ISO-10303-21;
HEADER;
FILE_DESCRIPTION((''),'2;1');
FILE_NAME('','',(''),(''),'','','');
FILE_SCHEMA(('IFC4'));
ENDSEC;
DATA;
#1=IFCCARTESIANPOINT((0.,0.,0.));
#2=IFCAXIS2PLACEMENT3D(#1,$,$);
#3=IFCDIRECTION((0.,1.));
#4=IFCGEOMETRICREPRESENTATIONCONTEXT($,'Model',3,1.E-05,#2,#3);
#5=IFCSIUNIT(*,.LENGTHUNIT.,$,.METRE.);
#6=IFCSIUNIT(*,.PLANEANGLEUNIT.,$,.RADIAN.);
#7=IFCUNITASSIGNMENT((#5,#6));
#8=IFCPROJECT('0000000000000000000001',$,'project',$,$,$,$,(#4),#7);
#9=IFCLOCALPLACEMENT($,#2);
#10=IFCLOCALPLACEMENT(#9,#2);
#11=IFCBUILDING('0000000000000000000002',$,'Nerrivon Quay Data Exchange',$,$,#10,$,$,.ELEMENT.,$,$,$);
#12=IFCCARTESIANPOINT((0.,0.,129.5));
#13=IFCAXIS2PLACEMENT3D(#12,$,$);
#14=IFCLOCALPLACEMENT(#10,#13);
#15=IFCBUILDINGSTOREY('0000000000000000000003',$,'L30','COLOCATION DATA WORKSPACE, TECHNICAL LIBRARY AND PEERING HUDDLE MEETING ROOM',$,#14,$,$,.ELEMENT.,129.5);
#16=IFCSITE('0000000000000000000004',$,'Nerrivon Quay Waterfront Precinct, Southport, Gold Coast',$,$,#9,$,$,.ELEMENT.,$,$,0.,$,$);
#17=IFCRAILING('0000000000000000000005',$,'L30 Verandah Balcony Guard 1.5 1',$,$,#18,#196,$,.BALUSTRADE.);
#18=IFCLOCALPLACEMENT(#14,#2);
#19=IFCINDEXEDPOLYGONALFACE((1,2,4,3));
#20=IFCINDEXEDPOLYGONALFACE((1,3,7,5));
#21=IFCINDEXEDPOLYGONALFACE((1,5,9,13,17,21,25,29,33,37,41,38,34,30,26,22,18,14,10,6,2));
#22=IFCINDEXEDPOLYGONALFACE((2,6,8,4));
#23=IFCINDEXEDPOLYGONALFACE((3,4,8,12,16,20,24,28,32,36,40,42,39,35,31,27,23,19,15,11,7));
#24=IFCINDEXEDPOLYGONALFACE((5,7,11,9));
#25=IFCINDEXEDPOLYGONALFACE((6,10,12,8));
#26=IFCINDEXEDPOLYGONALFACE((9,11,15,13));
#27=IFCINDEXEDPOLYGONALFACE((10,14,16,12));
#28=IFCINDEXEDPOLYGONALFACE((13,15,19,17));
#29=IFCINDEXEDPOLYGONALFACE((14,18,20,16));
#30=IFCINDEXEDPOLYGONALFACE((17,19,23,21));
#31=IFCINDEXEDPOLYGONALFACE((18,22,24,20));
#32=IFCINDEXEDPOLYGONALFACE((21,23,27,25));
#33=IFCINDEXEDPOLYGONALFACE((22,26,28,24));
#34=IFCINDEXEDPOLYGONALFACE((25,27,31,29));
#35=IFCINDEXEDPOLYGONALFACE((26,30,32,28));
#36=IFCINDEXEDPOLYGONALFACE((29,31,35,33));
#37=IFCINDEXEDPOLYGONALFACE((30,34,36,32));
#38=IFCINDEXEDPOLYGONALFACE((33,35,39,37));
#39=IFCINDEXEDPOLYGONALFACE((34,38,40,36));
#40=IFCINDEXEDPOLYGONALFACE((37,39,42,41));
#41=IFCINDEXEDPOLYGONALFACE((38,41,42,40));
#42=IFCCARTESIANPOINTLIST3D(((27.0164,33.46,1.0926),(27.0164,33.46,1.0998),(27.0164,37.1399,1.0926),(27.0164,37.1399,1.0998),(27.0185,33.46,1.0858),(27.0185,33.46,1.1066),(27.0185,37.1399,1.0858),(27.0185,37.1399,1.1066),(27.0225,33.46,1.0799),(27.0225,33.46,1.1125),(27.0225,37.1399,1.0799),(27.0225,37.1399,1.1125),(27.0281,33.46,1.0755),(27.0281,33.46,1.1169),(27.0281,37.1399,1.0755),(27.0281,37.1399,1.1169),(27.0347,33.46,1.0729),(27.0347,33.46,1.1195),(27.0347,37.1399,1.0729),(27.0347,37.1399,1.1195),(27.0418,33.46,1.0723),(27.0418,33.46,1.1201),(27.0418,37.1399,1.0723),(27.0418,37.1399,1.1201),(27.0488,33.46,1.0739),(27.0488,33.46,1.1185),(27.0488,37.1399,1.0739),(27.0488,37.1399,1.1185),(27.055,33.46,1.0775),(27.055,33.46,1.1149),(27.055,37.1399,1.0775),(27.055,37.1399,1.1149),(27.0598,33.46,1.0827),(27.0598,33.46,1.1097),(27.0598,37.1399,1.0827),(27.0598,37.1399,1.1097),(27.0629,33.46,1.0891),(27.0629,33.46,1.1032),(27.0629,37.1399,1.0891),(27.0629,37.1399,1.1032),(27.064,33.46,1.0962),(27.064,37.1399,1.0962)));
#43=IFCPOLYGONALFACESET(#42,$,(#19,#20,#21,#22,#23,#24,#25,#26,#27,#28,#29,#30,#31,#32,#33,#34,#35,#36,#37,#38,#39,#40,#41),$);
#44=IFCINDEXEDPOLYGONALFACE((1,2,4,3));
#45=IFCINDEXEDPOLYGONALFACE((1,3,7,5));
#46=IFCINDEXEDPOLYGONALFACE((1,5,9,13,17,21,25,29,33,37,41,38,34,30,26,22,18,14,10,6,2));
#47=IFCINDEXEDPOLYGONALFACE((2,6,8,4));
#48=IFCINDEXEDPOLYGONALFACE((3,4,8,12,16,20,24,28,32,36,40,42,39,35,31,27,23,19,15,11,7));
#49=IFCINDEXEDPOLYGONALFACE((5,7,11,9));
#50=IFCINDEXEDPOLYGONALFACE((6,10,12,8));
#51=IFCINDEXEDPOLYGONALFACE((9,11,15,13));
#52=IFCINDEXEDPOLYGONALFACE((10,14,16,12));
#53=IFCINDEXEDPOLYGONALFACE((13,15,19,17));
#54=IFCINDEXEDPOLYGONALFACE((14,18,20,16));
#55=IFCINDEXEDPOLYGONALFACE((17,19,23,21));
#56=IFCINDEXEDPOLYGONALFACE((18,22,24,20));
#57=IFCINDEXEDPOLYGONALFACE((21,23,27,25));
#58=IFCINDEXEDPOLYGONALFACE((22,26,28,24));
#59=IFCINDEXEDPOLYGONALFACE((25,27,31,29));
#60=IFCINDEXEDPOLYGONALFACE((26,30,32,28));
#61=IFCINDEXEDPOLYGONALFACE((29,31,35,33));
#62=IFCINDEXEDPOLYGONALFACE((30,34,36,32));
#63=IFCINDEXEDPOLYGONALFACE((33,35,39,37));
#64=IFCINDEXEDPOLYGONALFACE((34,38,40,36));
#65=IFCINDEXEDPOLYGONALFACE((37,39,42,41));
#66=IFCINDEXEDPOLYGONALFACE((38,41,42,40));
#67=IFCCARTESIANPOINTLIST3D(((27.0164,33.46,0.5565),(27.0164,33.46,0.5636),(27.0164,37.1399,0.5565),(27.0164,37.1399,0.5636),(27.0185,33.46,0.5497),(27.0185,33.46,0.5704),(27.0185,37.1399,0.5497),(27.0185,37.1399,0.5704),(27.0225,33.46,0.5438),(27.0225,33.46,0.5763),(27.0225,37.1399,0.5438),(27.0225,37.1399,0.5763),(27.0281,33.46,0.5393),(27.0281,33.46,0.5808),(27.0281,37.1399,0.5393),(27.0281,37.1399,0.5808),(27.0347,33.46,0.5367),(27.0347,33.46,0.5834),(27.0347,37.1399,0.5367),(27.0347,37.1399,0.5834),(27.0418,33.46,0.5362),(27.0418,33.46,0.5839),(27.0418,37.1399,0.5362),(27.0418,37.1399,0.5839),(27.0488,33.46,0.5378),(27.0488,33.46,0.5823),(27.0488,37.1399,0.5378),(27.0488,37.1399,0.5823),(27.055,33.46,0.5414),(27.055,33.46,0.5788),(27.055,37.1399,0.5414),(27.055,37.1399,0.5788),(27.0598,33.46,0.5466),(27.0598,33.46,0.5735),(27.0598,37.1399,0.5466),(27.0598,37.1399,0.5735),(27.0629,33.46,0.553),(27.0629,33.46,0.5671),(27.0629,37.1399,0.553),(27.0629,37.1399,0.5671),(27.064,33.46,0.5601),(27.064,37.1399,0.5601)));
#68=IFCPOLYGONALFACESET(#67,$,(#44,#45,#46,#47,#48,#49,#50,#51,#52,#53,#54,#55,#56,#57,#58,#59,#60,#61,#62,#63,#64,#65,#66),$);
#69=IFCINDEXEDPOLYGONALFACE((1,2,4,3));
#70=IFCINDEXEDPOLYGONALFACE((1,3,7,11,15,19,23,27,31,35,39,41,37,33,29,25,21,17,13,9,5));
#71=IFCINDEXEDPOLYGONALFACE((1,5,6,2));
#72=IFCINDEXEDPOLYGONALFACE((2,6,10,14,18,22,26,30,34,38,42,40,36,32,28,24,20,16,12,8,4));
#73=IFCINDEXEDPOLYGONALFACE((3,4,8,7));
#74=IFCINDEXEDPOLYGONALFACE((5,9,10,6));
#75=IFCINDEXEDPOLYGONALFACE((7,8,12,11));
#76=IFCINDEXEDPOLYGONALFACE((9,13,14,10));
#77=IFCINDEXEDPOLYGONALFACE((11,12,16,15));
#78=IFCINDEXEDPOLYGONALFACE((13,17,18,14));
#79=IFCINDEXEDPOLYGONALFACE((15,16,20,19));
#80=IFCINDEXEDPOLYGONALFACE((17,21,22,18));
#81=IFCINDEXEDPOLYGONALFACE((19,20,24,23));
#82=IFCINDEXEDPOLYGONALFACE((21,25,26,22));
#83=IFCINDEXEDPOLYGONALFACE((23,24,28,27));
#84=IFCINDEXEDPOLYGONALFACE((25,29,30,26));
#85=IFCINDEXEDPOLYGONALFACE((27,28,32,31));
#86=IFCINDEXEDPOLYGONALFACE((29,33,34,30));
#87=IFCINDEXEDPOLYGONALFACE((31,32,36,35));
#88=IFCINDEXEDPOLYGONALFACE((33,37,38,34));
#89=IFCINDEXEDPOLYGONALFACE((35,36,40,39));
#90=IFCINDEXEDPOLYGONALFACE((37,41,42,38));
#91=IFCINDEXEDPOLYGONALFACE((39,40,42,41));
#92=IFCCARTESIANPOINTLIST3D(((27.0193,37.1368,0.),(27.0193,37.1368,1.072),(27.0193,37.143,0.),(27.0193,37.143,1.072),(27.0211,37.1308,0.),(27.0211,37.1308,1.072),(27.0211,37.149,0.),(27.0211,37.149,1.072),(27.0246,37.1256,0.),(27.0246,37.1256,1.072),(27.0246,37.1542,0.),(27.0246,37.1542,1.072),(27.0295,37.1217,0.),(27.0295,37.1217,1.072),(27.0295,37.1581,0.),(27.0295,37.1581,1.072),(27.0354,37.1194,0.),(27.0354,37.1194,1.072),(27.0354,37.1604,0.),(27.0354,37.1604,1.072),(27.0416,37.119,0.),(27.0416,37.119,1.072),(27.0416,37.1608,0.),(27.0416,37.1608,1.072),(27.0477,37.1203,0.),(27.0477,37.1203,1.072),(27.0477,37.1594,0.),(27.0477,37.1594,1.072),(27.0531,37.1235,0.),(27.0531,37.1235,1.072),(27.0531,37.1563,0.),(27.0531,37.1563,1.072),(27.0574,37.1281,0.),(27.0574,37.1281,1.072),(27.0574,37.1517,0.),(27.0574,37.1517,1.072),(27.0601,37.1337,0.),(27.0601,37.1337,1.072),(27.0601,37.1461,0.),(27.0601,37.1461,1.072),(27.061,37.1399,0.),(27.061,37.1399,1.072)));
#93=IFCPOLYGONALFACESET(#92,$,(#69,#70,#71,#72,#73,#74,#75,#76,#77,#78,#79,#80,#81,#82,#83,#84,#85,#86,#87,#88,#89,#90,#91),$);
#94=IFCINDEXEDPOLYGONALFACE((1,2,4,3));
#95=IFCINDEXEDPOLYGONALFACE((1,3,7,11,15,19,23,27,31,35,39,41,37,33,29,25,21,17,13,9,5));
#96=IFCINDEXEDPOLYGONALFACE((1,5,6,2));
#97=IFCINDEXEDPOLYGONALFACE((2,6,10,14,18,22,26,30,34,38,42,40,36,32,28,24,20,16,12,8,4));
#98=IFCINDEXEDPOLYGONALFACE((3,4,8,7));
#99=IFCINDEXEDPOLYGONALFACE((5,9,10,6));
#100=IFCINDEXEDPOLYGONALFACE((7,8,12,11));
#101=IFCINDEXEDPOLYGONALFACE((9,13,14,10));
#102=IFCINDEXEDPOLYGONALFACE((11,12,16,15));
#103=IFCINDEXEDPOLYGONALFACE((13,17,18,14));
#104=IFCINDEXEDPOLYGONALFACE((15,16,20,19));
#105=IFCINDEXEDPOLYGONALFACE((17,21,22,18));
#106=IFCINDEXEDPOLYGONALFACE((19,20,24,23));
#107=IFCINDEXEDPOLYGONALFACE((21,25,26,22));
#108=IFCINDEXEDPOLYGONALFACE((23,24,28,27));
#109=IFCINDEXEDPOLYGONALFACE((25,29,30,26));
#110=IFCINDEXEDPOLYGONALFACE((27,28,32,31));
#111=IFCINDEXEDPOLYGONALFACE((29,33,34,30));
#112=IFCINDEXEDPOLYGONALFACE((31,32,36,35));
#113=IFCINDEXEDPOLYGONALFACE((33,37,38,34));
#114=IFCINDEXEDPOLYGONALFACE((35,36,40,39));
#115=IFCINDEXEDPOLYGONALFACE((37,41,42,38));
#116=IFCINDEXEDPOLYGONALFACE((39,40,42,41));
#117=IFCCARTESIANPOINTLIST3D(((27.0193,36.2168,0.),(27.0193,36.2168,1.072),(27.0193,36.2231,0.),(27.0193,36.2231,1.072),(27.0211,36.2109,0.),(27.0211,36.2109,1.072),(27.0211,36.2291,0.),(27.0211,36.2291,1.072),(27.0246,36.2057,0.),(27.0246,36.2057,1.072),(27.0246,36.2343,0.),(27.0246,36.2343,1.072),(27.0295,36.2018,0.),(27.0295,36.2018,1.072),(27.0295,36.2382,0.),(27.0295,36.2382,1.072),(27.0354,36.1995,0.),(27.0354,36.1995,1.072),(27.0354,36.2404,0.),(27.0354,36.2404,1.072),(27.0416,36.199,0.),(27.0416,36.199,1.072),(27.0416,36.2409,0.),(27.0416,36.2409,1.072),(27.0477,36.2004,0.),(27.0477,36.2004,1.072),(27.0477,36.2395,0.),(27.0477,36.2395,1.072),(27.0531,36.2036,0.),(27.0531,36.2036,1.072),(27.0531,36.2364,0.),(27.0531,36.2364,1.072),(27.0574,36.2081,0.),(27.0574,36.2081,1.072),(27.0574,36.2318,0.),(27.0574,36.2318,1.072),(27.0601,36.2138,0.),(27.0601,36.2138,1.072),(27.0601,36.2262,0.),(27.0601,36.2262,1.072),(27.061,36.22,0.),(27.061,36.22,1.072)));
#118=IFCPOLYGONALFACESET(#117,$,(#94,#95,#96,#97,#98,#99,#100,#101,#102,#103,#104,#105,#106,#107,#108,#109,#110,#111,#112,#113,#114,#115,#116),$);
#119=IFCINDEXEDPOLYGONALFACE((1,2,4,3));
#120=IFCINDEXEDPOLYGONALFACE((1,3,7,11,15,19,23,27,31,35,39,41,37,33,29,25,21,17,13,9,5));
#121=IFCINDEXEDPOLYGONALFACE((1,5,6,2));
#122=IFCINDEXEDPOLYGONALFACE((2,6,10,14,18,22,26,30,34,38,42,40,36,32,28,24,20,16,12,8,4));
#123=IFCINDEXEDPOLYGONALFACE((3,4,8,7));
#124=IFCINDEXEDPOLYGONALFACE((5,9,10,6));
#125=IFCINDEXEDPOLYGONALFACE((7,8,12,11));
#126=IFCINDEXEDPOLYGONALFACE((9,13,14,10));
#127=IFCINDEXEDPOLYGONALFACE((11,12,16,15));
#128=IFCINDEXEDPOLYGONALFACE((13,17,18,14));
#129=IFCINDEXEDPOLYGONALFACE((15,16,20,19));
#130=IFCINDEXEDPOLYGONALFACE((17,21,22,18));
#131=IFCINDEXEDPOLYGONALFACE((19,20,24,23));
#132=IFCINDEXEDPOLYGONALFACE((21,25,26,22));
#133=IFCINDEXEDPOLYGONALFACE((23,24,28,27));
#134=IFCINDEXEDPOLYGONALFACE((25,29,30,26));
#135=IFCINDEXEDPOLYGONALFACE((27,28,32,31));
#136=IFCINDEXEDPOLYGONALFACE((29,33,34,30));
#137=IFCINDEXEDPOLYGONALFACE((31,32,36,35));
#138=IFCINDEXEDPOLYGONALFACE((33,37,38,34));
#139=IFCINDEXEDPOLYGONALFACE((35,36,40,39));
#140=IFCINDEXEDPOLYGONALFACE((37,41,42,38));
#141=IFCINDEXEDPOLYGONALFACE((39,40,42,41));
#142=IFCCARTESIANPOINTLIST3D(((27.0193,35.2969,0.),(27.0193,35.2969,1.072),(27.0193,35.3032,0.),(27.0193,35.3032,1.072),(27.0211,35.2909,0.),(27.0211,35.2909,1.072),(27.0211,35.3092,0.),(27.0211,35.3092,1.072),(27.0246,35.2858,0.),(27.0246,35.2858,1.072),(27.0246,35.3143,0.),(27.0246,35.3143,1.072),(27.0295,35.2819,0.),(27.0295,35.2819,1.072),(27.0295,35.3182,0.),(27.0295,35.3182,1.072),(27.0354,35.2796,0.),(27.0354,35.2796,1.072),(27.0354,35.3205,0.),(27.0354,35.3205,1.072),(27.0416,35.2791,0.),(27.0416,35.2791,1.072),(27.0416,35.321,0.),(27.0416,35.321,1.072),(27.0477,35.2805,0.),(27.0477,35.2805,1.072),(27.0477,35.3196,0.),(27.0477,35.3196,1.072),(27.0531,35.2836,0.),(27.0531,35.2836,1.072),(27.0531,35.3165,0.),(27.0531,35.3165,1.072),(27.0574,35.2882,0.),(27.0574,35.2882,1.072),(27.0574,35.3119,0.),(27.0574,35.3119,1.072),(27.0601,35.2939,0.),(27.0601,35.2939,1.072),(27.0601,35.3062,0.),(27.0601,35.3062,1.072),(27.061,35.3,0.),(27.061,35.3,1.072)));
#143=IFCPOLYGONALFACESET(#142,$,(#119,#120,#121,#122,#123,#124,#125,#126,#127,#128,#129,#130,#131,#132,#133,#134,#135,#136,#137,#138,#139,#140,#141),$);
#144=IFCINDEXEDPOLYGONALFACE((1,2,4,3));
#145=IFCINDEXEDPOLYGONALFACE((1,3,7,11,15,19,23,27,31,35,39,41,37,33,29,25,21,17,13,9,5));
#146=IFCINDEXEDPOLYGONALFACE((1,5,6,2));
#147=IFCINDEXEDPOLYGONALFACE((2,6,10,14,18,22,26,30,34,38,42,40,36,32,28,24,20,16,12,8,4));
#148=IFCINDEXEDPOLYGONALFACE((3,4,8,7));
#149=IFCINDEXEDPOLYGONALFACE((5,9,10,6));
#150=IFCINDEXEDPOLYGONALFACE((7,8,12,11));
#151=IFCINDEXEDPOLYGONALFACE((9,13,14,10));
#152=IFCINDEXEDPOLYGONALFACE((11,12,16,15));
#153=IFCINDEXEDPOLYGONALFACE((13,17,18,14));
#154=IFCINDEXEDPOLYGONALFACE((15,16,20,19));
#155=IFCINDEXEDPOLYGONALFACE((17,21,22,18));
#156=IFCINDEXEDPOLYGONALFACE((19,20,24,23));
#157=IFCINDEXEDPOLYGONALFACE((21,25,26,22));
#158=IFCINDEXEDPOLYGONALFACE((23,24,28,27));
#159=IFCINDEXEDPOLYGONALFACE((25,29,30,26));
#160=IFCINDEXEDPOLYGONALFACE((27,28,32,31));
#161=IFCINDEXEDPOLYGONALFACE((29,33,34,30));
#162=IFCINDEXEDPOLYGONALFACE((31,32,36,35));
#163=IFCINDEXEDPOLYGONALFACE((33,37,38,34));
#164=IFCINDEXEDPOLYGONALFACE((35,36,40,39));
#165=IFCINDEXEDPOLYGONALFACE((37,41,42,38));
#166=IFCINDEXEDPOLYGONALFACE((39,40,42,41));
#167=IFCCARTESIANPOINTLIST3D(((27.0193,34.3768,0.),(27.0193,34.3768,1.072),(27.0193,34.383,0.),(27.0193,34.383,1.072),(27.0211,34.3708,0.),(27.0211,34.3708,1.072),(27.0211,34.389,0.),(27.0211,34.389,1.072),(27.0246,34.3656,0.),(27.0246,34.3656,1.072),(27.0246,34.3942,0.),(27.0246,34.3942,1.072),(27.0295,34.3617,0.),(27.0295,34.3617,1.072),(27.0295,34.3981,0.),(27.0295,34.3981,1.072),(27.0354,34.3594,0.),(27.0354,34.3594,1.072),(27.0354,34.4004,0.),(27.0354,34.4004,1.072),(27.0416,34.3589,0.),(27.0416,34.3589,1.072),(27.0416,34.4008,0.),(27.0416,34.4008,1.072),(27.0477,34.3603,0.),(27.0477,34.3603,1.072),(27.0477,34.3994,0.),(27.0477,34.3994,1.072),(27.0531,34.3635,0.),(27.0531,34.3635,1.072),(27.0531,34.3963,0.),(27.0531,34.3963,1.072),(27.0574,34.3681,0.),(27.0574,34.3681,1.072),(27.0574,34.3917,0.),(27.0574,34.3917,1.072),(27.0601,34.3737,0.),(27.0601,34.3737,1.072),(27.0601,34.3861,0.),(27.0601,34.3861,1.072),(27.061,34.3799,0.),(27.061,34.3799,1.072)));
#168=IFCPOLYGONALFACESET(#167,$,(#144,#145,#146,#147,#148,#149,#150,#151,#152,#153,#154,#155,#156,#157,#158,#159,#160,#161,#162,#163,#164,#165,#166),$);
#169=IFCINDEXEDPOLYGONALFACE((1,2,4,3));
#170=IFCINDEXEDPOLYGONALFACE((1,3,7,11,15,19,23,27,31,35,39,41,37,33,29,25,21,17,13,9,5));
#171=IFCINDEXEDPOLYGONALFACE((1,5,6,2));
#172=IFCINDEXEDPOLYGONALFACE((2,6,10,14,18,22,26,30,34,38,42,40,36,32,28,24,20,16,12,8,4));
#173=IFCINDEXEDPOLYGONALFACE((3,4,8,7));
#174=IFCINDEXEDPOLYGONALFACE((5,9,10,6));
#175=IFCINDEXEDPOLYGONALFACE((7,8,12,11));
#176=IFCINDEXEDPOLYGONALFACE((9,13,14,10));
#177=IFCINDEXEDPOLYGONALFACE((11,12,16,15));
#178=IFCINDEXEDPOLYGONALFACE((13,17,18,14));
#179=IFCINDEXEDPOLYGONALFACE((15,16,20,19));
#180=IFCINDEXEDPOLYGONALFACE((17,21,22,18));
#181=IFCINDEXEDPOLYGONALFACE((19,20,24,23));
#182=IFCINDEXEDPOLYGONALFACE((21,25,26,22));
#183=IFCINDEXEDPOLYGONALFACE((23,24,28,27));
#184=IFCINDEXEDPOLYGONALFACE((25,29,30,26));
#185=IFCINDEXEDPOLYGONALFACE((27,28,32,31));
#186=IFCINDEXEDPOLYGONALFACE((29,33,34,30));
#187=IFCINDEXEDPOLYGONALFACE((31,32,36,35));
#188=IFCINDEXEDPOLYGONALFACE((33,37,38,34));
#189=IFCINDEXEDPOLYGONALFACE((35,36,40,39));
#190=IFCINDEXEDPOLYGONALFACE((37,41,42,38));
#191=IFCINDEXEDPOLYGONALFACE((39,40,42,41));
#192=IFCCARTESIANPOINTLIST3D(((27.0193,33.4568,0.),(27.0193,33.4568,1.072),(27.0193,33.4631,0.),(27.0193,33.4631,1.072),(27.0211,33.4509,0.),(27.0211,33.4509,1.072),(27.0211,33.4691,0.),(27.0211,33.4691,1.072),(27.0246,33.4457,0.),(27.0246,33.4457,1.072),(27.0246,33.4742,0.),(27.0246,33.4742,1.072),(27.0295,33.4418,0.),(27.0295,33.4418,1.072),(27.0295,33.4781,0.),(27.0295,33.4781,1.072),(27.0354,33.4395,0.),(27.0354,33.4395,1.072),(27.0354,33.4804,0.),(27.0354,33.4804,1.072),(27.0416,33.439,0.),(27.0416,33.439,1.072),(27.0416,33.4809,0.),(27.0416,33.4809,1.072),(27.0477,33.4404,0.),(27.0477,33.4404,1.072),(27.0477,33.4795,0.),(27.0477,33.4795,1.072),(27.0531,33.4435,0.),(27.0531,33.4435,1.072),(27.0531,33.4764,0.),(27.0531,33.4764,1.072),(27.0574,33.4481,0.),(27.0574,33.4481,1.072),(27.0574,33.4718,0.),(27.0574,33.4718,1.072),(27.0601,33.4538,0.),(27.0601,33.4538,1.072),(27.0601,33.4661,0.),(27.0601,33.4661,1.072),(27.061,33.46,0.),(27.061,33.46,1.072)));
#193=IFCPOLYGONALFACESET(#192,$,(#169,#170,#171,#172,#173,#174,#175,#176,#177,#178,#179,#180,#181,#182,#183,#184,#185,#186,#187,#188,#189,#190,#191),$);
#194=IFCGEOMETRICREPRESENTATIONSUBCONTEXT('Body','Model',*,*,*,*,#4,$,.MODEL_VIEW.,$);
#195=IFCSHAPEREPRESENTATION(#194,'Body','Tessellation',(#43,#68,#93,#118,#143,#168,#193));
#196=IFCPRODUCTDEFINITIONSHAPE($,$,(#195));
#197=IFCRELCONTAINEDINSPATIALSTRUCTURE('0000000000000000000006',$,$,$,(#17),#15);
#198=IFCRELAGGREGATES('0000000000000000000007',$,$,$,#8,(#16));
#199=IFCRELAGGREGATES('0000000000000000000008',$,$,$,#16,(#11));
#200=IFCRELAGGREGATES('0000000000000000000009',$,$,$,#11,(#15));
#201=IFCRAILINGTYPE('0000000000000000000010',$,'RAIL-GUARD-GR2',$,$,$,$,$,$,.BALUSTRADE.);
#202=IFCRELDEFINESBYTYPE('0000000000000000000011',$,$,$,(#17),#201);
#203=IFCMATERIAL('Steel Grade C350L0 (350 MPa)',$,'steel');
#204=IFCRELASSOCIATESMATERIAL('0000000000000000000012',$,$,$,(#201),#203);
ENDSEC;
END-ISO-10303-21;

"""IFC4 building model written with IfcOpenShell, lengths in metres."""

from ifc_helpers import new_model, si_unit, direction, frame, origin, origin_2d, place, context, subcontext, project, spatial, circle, extrude, material, type_object, element, save


model = new_model("IFC4")

# Units and contexts
model_context = context("Model", 3, precision=1e-05, world=origin(), true_north=direction((0.0, 1.0)))
body_context = subcontext(model_context, "Body", "Model", "MODEL_VIEW")
ifc_project = project(units=[si_unit("LENGTHUNIT", "METRE"), si_unit("PLANEANGLEUNIT", "RADIAN")], contexts=[model_context])

# Site, building, storey
site_placement = place(None, origin())
site = spatial("IfcSite", under=ifc_project, at=site_placement, Name="Nerrivon Quay Waterfront Precinct, Southport, Gold Coast", CompositionType="ELEMENT", RefElevation=0.0)
building_placement = place(site_placement, origin())
building = spatial("IfcBuilding", under=site, at=building_placement, Name="Nerrivon Quay Data Exchange", CompositionType="ELEMENT")
storey_placement = place(building_placement, frame((0.0, 0.0, 129.5)))
storey = spatial("IfcBuildingStorey", under=building, at=storey_placement, Name="L30", Description="COLOCATION DATA WORKSPACE, TECHNICAL LIBRARY AND PEERING HUDDLE MEETING ROOM", CompositionType="ELEMENT", Elevation=129.5)

# Railing
ifc_material_1 = material(Name="Steel Grade C350L0 (350 MPa)", Category="steel")
railing_type = type_object("IfcRailingType", Name="RAIL-GUARD-GR2", PredefinedType="BALUSTRADE", material=ifc_material_1)
railing_1_placement = place(storey_placement, frame((27.04, 37.1399, 0.0)))
element("IfcRailing", 1, at=railing_1_placement, inside=storey, type_object=railing_type, Name="L30 Verandah Balcony Guard 1.5 1", PredefinedType="BALUSTRADE", context=body_context, shape_type="SweptSolid", body=[
    extrude(circle(Radius=0.0239, at=origin_2d()), frame((0.0, 0.0, 1.0962), z_axis=(0.0, -1.0, 0.0), x_axis=(1.0, 0.0, 0.0)), (0.0, 0.0, 1.0), 3.6799),
    extrude(circle(Radius=0.0239, at=origin_2d()), frame((0.0, 0.0, 0.5601), z_axis=(0.0, -1.0, 0.0), x_axis=(1.0, 0.0, 0.0)), (0.0, 0.0, 1.0), 3.6799),
    extrude(circle(Radius=0.021, at=origin_2d()), origin(), (0.0, 0.0, 1.0), 1.072),
    extrude(circle(Radius=0.021, at=origin_2d()), frame((0.0, -0.9199, 0.0)), (0.0, 0.0, 1.0), 1.072),
    extrude(circle(Radius=0.021, at=origin_2d()), frame((0.0, -1.8398, 0.0)), (0.0, 0.0, 1.0), 1.072),
    extrude(circle(Radius=0.021, at=origin_2d()), frame((0.0, -2.76, 0.0)), (0.0, 0.0, 1.0), 1.072),
    extrude(circle(Radius=0.021, at=origin_2d()), frame((0.0, -3.6799, 0.0)), (0.0, 0.0, 1.0), 1.072),
])

save(model, "model.ifc")
